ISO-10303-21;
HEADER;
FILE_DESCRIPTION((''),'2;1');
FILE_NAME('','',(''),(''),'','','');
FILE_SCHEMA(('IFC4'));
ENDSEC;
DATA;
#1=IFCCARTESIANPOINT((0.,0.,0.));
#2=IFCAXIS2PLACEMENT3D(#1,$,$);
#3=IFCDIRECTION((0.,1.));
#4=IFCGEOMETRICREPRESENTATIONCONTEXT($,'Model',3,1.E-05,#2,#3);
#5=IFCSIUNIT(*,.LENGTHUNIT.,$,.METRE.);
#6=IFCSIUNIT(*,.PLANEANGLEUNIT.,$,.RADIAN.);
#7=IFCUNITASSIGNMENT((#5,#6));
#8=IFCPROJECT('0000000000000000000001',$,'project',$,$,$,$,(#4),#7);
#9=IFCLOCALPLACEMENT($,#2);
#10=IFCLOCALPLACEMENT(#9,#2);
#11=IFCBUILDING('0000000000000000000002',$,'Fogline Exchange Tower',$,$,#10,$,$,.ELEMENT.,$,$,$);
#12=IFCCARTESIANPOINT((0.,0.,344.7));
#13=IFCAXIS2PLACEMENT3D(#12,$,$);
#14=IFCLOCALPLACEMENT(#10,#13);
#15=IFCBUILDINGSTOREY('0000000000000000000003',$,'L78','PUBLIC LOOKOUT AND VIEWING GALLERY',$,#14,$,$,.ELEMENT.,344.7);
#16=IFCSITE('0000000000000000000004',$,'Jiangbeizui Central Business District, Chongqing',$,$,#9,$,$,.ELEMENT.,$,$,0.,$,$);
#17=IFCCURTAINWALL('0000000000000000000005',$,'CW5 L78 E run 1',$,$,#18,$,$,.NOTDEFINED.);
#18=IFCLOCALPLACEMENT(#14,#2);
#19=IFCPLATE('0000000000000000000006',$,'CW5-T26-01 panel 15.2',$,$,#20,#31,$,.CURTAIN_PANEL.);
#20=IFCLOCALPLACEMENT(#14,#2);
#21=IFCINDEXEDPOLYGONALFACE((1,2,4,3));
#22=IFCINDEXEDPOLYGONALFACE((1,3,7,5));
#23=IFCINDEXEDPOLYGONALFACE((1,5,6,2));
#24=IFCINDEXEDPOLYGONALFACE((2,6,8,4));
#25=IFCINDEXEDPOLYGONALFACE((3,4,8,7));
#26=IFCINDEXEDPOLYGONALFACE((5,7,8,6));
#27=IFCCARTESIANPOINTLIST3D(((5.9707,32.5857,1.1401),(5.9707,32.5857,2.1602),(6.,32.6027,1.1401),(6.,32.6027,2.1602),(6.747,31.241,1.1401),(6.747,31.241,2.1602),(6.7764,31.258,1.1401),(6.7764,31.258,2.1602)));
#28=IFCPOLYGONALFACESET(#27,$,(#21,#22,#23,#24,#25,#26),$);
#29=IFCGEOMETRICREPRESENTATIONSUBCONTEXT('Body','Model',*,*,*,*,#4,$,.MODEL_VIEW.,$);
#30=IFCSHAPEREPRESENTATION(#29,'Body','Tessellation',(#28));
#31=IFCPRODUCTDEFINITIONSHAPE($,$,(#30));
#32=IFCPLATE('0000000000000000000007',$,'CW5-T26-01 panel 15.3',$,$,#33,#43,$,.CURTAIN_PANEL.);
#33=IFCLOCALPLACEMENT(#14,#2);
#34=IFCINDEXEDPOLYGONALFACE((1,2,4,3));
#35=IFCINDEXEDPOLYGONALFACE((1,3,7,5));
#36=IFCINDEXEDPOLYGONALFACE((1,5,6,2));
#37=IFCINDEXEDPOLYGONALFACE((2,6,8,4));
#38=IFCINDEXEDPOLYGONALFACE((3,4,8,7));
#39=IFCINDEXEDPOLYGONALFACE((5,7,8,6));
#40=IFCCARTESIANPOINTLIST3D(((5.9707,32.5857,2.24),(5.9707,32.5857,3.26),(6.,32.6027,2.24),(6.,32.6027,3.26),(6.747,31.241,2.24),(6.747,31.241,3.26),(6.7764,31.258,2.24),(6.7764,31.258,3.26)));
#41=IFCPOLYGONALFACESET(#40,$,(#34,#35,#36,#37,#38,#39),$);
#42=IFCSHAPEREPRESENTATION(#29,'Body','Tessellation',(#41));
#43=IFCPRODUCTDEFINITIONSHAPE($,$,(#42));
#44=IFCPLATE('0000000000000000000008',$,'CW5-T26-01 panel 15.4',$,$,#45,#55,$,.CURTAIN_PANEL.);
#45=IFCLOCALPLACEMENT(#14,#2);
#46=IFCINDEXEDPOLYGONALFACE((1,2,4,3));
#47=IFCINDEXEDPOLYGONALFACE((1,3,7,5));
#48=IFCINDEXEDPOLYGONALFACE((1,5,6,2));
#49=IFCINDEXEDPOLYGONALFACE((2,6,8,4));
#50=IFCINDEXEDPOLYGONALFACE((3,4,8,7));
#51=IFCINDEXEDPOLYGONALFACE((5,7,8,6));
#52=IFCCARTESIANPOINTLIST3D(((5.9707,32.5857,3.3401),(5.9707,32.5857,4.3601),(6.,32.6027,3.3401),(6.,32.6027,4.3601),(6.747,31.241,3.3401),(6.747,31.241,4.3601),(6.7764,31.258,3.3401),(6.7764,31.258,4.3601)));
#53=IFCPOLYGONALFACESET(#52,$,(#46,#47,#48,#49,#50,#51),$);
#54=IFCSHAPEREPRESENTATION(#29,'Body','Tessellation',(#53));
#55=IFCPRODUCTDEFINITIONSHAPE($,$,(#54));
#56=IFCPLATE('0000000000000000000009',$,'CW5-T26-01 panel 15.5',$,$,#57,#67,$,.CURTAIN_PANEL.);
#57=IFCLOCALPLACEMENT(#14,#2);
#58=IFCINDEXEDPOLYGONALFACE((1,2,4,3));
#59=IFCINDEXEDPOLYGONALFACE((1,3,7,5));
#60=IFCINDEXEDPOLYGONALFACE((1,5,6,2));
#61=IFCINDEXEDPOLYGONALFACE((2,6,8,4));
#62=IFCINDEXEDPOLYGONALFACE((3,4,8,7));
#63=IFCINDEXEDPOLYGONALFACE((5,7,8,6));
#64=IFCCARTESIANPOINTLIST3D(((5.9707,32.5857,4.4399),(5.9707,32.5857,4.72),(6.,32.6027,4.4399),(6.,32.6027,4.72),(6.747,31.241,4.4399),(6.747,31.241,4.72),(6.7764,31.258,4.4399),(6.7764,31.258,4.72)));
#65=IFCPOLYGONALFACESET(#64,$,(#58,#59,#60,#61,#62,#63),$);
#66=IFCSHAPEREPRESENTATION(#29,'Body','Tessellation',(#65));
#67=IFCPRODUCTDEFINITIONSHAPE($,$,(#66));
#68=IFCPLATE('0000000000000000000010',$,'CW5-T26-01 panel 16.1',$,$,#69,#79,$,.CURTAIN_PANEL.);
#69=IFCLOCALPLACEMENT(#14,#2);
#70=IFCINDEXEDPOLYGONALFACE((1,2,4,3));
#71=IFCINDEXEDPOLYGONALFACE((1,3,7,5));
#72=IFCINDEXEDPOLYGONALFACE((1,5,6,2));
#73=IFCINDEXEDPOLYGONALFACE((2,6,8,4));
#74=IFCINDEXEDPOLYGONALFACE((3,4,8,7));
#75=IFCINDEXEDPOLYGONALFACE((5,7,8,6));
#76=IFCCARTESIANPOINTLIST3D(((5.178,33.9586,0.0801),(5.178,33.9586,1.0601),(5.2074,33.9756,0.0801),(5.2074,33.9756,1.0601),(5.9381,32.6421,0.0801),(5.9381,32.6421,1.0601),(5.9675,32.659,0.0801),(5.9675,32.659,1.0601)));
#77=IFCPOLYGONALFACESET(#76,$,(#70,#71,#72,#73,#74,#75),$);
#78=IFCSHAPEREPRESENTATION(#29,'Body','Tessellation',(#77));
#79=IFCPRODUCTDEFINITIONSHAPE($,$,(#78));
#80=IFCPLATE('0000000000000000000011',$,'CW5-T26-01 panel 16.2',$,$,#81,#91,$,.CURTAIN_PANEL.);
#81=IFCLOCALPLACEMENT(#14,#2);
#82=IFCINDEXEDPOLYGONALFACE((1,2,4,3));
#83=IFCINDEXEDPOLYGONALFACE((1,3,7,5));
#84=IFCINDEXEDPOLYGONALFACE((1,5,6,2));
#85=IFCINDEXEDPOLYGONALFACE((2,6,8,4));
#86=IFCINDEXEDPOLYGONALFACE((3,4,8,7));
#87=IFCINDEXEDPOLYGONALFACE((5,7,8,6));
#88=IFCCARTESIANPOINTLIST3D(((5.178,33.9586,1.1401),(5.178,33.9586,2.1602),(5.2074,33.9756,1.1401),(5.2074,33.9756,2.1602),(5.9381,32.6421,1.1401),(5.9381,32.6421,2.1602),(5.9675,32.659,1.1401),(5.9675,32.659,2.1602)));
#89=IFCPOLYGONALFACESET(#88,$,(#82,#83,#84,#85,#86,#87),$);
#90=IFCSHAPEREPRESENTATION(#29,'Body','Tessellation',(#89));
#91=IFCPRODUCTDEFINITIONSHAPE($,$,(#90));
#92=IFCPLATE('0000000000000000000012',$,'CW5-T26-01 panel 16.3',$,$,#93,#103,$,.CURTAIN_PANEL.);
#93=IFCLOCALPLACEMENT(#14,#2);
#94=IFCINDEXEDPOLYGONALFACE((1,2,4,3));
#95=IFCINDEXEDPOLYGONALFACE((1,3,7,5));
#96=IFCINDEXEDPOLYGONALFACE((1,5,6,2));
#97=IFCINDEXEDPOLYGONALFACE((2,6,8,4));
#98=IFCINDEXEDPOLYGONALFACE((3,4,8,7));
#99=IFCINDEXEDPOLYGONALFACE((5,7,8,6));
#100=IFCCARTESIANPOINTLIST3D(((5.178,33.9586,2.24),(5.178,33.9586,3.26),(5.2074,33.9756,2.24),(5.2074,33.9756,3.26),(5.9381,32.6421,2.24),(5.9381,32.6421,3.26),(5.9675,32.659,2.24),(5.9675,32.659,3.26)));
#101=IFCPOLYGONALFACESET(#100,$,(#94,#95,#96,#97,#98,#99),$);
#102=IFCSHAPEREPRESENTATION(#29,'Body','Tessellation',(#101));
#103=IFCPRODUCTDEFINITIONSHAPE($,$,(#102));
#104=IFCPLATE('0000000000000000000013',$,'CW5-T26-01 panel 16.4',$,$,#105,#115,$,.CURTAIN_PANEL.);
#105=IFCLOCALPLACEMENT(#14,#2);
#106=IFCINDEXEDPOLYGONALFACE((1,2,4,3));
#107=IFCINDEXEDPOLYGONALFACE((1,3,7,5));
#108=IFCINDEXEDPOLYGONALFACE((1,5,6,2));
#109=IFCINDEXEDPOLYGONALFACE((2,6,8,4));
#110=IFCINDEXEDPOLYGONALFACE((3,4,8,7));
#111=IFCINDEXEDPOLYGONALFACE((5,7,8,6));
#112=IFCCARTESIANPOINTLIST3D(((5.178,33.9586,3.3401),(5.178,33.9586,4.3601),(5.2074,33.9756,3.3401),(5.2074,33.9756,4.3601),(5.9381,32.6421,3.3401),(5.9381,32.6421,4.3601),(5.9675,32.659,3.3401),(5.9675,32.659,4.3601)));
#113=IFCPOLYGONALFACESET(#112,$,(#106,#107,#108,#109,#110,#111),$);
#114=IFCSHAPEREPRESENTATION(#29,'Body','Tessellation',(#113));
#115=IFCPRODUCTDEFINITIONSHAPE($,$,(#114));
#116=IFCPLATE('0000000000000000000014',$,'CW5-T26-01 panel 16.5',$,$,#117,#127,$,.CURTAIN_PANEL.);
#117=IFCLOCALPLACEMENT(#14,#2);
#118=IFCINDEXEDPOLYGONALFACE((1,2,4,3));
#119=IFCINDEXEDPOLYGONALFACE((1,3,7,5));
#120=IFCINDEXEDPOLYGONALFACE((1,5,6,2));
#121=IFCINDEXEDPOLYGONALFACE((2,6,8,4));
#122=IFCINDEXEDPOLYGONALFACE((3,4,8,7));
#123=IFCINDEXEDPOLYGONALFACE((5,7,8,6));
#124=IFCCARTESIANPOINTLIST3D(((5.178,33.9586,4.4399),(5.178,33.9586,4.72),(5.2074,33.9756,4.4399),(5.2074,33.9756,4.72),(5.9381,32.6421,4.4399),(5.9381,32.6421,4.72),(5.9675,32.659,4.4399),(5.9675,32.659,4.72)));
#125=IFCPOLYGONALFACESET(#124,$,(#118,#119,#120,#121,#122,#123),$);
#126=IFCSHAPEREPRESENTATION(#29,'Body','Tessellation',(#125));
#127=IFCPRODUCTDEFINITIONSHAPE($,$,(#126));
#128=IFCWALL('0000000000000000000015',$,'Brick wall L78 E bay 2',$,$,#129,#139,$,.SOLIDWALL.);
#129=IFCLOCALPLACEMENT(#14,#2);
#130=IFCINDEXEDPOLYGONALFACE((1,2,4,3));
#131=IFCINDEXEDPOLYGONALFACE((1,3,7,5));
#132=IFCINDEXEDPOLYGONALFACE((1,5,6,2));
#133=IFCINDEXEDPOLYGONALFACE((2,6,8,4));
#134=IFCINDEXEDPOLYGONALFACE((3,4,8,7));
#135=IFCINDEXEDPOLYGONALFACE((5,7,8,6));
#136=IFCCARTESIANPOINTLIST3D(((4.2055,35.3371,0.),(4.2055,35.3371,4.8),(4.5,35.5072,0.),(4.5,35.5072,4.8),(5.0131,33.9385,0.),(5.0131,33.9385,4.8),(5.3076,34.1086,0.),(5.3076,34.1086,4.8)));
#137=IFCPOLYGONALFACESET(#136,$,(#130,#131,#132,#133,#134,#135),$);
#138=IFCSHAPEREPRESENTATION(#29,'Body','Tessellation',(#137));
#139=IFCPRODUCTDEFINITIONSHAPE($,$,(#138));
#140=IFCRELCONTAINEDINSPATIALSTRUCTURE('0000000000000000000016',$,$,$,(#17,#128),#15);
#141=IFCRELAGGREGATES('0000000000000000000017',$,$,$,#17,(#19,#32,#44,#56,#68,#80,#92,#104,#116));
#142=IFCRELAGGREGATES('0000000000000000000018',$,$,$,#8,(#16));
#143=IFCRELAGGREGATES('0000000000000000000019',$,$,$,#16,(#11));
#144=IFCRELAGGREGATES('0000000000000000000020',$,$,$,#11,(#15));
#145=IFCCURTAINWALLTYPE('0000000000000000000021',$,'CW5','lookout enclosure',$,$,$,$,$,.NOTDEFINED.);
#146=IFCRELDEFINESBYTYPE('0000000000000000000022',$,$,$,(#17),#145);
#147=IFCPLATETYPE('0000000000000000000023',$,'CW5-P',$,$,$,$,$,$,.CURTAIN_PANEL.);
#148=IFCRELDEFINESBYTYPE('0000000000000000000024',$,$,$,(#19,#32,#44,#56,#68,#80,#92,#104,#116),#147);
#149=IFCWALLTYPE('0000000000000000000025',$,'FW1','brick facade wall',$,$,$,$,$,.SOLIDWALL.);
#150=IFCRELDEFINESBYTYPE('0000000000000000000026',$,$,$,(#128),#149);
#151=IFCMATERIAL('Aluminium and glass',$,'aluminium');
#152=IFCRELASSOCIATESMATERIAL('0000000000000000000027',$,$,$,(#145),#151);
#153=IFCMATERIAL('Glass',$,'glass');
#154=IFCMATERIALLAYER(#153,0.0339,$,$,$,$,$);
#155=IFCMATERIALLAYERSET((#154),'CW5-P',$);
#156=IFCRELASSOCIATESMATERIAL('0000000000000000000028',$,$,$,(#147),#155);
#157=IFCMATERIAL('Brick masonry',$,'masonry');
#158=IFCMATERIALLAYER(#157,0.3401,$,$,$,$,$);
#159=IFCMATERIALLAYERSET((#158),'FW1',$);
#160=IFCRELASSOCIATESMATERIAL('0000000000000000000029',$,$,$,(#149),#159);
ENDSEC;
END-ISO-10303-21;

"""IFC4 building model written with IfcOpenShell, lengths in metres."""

from ifc_helpers import new_model, si_unit, direction, frame, frame_2d, origin, origin_2d, place, context, subcontext, project, spatial, rectangle, extrude, material, layer, layer_set, type_object, element, aggregate, save


model = new_model("IFC4")

# Units and contexts
model_context = context("Model", 3, precision=1e-05, world=origin(), true_north=direction((0.0, 1.0)))
body_context = subcontext(model_context, "Body", "Model", "MODEL_VIEW")
ifc_project = project(units=[si_unit("LENGTHUNIT", "METRE"), si_unit("PLANEANGLEUNIT", "RADIAN")], contexts=[model_context])

# Site, building, storey
site_placement = place(None, origin())
site = spatial("IfcSite", under=ifc_project, at=site_placement, Name="Jiangbeizui Central Business District, Chongqing", CompositionType="ELEMENT", RefElevation=0.0)
building_placement = place(site_placement, origin())
building = spatial("IfcBuilding", under=site, at=building_placement, Name="Fogline Exchange Tower", CompositionType="ELEMENT")
storey_placement = place(building_placement, frame((0.0, 0.0, 344.7)))
storey = spatial("IfcBuildingStorey", under=building, at=storey_placement, Name="L78", Description="PUBLIC LOOKOUT AND VIEWING GALLERY", CompositionType="ELEMENT", Elevation=344.7)

# Curtain wall, plates
ifc_material_1 = material(Name="Aluminium and glass", Category="aluminium")
curtain_wall_type = type_object("IfcCurtainWallType", Name="CW5", Description="lookout enclosure", PredefinedType="NOTDEFINED", material=ifc_material_1)
curtain_wall_placement = place(storey_placement, origin())
curtain_wall = element("IfcCurtainWall", 1, at=curtain_wall_placement, inside=storey, type_object=curtain_wall_type, Name="CW5 L78 E run 1", PredefinedType="NOTDEFINED")
ifc_material_2 = material(Name="Glass", Category="glass")
ifc_layer_1 = layer(ifc_material_2, 0.0339)
ifc_layer_set_1 = layer_set([ifc_layer_1], Name="CW5-P")
plate_type = type_object("IfcPlateType", Name="CW5-P", PredefinedType="CURTAIN_PANEL", material=ifc_layer_set_1)
plate_1_placement = place(storey_placement, frame((6.3735, 31.9219, 1.1401), z_axis=(0.0, 0.0, 1.0), x_axis=(-0.5, 0.866025, 0.0)))
plate_1 = element("IfcPlate", 2, at=plate_1_placement, type_object=plate_type, Name="CW5-T26-01 panel 15.2", PredefinedType="CURTAIN_PANEL", context=body_context, shape_type="SweptSolid", body=[
    extrude(rectangle(XDim=1.5527, YDim=0.0339, at=origin_2d()), origin(), (0.0, 0.0, 1.0), 1.02),
])
plate_2_placement = place(storey_placement, frame((6.3735, 31.9219, 2.24), z_axis=(0.0, 0.0, 1.0), x_axis=(-0.5, 0.866025, 0.0)))
plate_2 = element("IfcPlate", 3, at=plate_2_placement, type_object=plate_type, Name="CW5-T26-01 panel 15.3", PredefinedType="CURTAIN_PANEL", context=body_context, shape_type="SweptSolid", body=[
    extrude(rectangle(XDim=1.5527, YDim=0.0339, at=origin_2d()), origin(), (0.0, 0.0, 1.0), 1.02),
])
plate_3_placement = place(storey_placement, frame((6.3735, 31.9219, 3.3401), z_axis=(0.0, 0.0, 1.0), x_axis=(-0.5, 0.866025, 0.0)))
plate_3 = element("IfcPlate", 4, at=plate_3_placement, type_object=plate_type, Name="CW5-T26-01 panel 15.4", PredefinedType="CURTAIN_PANEL", context=body_context, shape_type="SweptSolid", body=[
    extrude(rectangle(XDim=1.5527, YDim=0.0339, at=origin_2d()), origin(), (0.0, 0.0, 1.0), 1.02),
])
plate_4_placement = place(storey_placement, frame((6.3735, 31.9219, 4.4399), z_axis=(0.0, 0.0, 1.0), x_axis=(-0.5, 0.866025, 0.0)))
plate_4 = element("IfcPlate", 5, at=plate_4_placement, type_object=plate_type, Name="CW5-T26-01 panel 15.5", PredefinedType="CURTAIN_PANEL", context=body_context, shape_type="SweptSolid", body=[
    extrude(rectangle(XDim=1.5527, YDim=0.0339, at=origin_2d()), origin(), (0.0, 0.0, 1.0), 0.28),
])
plate_5_placement = place(storey_placement, frame((5.5728, 33.3088, 0.0801), z_axis=(0.0, 0.0, 1.0), x_axis=(-0.5, 0.866025, 0.0)))
plate_5 = element("IfcPlate", 6, at=plate_5_placement, type_object=plate_type, Name="CW5-T26-01 panel 16.1", PredefinedType="CURTAIN_PANEL", context=body_context, shape_type="SweptSolid", body=[
    extrude(rectangle(XDim=1.5203, YDim=0.0339, at=origin_2d()), origin(), (0.0, 0.0, 1.0), 0.98),
])
plate_6_placement = place(storey_placement, frame((5.5728, 33.3088, 1.1401), z_axis=(0.0, 0.0, 1.0), x_axis=(-0.5, 0.866025, 0.0)))
plate_6 = element("IfcPlate", 7, at=plate_6_placement, type_object=plate_type, Name="CW5-T26-01 panel 16.2", PredefinedType="CURTAIN_PANEL", context=body_context, shape_type="SweptSolid", body=[
    extrude(rectangle(XDim=1.5203, YDim=0.0339, at=origin_2d()), origin(), (0.0, 0.0, 1.0), 1.02),
])
plate_7_placement = place(storey_placement, frame((5.5728, 33.3088, 2.24), z_axis=(0.0, 0.0, 1.0), x_axis=(-0.5, 0.866025, 0.0)))
plate_7 = element("IfcPlate", 8, at=plate_7_placement, type_object=plate_type, Name="CW5-T26-01 panel 16.3", PredefinedType="CURTAIN_PANEL", context=body_context, shape_type="SweptSolid", body=[
    extrude(rectangle(XDim=1.5203, YDim=0.0339, at=origin_2d()), origin(), (0.0, 0.0, 1.0), 1.02),
])
plate_8_placement = place(storey_placement, frame((5.5728, 33.3088, 3.3401), z_axis=(0.0, 0.0, 1.0), x_axis=(-0.5, 0.866025, 0.0)))
plate_8 = element("IfcPlate", 9, at=plate_8_placement, type_object=plate_type, Name="CW5-T26-01 panel 16.4", PredefinedType="CURTAIN_PANEL", context=body_context, shape_type="SweptSolid", body=[
    extrude(rectangle(XDim=1.5203, YDim=0.0339, at=origin_2d()), origin(), (0.0, 0.0, 1.0), 1.02),
])
plate_9_placement = place(storey_placement, frame((5.5728, 33.3088, 4.4399), z_axis=(0.0, 0.0, 1.0), x_axis=(-0.5, 0.866025, 0.0)))
plate_9 = element("IfcPlate", 10, at=plate_9_placement, type_object=plate_type, Name="CW5-T26-01 panel 16.5", PredefinedType="CURTAIN_PANEL", context=body_context, shape_type="SweptSolid", body=[
    extrude(rectangle(XDim=1.5203, YDim=0.0339, at=origin_2d()), origin(), (0.0, 0.0, 1.0), 0.28),
])
aggregate(curtain_wall, [plate_1, plate_2, plate_3, plate_4, plate_5, plate_6, plate_7, plate_8, plate_9])

# Wall
ifc_material_3 = material(Name="Brick masonry", Category="masonry")
ifc_layer_2 = layer(ifc_material_3, 0.3401)
ifc_layer_set_2 = layer_set([ifc_layer_2], Name="FW1")
wall_type = type_object("IfcWallType", Name="FW1", Description="brick facade wall", PredefinedType="SOLIDWALL", material=ifc_layer_set_2)
wall_1_placement = place(storey_placement, frame((5.1604, 34.0234, 0.0), z_axis=(0.0, 0.0, 1.0), x_axis=(-0.500041, 0.866002, 0.0)))
element("IfcWall", 11, at=wall_1_placement, inside=storey, type_object=wall_type, Name="Brick wall L78 E bay 2", PredefinedType="SOLIDWALL", context=body_context, shape_type="SweptSolid", body=[
    extrude(rectangle(XDim=1.615, YDim=0.3401, at=frame_2d((0.8076, 0.0))), origin(), (0.0, 0.0, 1.0), 4.8),
])

save(model, "model.ifc")
